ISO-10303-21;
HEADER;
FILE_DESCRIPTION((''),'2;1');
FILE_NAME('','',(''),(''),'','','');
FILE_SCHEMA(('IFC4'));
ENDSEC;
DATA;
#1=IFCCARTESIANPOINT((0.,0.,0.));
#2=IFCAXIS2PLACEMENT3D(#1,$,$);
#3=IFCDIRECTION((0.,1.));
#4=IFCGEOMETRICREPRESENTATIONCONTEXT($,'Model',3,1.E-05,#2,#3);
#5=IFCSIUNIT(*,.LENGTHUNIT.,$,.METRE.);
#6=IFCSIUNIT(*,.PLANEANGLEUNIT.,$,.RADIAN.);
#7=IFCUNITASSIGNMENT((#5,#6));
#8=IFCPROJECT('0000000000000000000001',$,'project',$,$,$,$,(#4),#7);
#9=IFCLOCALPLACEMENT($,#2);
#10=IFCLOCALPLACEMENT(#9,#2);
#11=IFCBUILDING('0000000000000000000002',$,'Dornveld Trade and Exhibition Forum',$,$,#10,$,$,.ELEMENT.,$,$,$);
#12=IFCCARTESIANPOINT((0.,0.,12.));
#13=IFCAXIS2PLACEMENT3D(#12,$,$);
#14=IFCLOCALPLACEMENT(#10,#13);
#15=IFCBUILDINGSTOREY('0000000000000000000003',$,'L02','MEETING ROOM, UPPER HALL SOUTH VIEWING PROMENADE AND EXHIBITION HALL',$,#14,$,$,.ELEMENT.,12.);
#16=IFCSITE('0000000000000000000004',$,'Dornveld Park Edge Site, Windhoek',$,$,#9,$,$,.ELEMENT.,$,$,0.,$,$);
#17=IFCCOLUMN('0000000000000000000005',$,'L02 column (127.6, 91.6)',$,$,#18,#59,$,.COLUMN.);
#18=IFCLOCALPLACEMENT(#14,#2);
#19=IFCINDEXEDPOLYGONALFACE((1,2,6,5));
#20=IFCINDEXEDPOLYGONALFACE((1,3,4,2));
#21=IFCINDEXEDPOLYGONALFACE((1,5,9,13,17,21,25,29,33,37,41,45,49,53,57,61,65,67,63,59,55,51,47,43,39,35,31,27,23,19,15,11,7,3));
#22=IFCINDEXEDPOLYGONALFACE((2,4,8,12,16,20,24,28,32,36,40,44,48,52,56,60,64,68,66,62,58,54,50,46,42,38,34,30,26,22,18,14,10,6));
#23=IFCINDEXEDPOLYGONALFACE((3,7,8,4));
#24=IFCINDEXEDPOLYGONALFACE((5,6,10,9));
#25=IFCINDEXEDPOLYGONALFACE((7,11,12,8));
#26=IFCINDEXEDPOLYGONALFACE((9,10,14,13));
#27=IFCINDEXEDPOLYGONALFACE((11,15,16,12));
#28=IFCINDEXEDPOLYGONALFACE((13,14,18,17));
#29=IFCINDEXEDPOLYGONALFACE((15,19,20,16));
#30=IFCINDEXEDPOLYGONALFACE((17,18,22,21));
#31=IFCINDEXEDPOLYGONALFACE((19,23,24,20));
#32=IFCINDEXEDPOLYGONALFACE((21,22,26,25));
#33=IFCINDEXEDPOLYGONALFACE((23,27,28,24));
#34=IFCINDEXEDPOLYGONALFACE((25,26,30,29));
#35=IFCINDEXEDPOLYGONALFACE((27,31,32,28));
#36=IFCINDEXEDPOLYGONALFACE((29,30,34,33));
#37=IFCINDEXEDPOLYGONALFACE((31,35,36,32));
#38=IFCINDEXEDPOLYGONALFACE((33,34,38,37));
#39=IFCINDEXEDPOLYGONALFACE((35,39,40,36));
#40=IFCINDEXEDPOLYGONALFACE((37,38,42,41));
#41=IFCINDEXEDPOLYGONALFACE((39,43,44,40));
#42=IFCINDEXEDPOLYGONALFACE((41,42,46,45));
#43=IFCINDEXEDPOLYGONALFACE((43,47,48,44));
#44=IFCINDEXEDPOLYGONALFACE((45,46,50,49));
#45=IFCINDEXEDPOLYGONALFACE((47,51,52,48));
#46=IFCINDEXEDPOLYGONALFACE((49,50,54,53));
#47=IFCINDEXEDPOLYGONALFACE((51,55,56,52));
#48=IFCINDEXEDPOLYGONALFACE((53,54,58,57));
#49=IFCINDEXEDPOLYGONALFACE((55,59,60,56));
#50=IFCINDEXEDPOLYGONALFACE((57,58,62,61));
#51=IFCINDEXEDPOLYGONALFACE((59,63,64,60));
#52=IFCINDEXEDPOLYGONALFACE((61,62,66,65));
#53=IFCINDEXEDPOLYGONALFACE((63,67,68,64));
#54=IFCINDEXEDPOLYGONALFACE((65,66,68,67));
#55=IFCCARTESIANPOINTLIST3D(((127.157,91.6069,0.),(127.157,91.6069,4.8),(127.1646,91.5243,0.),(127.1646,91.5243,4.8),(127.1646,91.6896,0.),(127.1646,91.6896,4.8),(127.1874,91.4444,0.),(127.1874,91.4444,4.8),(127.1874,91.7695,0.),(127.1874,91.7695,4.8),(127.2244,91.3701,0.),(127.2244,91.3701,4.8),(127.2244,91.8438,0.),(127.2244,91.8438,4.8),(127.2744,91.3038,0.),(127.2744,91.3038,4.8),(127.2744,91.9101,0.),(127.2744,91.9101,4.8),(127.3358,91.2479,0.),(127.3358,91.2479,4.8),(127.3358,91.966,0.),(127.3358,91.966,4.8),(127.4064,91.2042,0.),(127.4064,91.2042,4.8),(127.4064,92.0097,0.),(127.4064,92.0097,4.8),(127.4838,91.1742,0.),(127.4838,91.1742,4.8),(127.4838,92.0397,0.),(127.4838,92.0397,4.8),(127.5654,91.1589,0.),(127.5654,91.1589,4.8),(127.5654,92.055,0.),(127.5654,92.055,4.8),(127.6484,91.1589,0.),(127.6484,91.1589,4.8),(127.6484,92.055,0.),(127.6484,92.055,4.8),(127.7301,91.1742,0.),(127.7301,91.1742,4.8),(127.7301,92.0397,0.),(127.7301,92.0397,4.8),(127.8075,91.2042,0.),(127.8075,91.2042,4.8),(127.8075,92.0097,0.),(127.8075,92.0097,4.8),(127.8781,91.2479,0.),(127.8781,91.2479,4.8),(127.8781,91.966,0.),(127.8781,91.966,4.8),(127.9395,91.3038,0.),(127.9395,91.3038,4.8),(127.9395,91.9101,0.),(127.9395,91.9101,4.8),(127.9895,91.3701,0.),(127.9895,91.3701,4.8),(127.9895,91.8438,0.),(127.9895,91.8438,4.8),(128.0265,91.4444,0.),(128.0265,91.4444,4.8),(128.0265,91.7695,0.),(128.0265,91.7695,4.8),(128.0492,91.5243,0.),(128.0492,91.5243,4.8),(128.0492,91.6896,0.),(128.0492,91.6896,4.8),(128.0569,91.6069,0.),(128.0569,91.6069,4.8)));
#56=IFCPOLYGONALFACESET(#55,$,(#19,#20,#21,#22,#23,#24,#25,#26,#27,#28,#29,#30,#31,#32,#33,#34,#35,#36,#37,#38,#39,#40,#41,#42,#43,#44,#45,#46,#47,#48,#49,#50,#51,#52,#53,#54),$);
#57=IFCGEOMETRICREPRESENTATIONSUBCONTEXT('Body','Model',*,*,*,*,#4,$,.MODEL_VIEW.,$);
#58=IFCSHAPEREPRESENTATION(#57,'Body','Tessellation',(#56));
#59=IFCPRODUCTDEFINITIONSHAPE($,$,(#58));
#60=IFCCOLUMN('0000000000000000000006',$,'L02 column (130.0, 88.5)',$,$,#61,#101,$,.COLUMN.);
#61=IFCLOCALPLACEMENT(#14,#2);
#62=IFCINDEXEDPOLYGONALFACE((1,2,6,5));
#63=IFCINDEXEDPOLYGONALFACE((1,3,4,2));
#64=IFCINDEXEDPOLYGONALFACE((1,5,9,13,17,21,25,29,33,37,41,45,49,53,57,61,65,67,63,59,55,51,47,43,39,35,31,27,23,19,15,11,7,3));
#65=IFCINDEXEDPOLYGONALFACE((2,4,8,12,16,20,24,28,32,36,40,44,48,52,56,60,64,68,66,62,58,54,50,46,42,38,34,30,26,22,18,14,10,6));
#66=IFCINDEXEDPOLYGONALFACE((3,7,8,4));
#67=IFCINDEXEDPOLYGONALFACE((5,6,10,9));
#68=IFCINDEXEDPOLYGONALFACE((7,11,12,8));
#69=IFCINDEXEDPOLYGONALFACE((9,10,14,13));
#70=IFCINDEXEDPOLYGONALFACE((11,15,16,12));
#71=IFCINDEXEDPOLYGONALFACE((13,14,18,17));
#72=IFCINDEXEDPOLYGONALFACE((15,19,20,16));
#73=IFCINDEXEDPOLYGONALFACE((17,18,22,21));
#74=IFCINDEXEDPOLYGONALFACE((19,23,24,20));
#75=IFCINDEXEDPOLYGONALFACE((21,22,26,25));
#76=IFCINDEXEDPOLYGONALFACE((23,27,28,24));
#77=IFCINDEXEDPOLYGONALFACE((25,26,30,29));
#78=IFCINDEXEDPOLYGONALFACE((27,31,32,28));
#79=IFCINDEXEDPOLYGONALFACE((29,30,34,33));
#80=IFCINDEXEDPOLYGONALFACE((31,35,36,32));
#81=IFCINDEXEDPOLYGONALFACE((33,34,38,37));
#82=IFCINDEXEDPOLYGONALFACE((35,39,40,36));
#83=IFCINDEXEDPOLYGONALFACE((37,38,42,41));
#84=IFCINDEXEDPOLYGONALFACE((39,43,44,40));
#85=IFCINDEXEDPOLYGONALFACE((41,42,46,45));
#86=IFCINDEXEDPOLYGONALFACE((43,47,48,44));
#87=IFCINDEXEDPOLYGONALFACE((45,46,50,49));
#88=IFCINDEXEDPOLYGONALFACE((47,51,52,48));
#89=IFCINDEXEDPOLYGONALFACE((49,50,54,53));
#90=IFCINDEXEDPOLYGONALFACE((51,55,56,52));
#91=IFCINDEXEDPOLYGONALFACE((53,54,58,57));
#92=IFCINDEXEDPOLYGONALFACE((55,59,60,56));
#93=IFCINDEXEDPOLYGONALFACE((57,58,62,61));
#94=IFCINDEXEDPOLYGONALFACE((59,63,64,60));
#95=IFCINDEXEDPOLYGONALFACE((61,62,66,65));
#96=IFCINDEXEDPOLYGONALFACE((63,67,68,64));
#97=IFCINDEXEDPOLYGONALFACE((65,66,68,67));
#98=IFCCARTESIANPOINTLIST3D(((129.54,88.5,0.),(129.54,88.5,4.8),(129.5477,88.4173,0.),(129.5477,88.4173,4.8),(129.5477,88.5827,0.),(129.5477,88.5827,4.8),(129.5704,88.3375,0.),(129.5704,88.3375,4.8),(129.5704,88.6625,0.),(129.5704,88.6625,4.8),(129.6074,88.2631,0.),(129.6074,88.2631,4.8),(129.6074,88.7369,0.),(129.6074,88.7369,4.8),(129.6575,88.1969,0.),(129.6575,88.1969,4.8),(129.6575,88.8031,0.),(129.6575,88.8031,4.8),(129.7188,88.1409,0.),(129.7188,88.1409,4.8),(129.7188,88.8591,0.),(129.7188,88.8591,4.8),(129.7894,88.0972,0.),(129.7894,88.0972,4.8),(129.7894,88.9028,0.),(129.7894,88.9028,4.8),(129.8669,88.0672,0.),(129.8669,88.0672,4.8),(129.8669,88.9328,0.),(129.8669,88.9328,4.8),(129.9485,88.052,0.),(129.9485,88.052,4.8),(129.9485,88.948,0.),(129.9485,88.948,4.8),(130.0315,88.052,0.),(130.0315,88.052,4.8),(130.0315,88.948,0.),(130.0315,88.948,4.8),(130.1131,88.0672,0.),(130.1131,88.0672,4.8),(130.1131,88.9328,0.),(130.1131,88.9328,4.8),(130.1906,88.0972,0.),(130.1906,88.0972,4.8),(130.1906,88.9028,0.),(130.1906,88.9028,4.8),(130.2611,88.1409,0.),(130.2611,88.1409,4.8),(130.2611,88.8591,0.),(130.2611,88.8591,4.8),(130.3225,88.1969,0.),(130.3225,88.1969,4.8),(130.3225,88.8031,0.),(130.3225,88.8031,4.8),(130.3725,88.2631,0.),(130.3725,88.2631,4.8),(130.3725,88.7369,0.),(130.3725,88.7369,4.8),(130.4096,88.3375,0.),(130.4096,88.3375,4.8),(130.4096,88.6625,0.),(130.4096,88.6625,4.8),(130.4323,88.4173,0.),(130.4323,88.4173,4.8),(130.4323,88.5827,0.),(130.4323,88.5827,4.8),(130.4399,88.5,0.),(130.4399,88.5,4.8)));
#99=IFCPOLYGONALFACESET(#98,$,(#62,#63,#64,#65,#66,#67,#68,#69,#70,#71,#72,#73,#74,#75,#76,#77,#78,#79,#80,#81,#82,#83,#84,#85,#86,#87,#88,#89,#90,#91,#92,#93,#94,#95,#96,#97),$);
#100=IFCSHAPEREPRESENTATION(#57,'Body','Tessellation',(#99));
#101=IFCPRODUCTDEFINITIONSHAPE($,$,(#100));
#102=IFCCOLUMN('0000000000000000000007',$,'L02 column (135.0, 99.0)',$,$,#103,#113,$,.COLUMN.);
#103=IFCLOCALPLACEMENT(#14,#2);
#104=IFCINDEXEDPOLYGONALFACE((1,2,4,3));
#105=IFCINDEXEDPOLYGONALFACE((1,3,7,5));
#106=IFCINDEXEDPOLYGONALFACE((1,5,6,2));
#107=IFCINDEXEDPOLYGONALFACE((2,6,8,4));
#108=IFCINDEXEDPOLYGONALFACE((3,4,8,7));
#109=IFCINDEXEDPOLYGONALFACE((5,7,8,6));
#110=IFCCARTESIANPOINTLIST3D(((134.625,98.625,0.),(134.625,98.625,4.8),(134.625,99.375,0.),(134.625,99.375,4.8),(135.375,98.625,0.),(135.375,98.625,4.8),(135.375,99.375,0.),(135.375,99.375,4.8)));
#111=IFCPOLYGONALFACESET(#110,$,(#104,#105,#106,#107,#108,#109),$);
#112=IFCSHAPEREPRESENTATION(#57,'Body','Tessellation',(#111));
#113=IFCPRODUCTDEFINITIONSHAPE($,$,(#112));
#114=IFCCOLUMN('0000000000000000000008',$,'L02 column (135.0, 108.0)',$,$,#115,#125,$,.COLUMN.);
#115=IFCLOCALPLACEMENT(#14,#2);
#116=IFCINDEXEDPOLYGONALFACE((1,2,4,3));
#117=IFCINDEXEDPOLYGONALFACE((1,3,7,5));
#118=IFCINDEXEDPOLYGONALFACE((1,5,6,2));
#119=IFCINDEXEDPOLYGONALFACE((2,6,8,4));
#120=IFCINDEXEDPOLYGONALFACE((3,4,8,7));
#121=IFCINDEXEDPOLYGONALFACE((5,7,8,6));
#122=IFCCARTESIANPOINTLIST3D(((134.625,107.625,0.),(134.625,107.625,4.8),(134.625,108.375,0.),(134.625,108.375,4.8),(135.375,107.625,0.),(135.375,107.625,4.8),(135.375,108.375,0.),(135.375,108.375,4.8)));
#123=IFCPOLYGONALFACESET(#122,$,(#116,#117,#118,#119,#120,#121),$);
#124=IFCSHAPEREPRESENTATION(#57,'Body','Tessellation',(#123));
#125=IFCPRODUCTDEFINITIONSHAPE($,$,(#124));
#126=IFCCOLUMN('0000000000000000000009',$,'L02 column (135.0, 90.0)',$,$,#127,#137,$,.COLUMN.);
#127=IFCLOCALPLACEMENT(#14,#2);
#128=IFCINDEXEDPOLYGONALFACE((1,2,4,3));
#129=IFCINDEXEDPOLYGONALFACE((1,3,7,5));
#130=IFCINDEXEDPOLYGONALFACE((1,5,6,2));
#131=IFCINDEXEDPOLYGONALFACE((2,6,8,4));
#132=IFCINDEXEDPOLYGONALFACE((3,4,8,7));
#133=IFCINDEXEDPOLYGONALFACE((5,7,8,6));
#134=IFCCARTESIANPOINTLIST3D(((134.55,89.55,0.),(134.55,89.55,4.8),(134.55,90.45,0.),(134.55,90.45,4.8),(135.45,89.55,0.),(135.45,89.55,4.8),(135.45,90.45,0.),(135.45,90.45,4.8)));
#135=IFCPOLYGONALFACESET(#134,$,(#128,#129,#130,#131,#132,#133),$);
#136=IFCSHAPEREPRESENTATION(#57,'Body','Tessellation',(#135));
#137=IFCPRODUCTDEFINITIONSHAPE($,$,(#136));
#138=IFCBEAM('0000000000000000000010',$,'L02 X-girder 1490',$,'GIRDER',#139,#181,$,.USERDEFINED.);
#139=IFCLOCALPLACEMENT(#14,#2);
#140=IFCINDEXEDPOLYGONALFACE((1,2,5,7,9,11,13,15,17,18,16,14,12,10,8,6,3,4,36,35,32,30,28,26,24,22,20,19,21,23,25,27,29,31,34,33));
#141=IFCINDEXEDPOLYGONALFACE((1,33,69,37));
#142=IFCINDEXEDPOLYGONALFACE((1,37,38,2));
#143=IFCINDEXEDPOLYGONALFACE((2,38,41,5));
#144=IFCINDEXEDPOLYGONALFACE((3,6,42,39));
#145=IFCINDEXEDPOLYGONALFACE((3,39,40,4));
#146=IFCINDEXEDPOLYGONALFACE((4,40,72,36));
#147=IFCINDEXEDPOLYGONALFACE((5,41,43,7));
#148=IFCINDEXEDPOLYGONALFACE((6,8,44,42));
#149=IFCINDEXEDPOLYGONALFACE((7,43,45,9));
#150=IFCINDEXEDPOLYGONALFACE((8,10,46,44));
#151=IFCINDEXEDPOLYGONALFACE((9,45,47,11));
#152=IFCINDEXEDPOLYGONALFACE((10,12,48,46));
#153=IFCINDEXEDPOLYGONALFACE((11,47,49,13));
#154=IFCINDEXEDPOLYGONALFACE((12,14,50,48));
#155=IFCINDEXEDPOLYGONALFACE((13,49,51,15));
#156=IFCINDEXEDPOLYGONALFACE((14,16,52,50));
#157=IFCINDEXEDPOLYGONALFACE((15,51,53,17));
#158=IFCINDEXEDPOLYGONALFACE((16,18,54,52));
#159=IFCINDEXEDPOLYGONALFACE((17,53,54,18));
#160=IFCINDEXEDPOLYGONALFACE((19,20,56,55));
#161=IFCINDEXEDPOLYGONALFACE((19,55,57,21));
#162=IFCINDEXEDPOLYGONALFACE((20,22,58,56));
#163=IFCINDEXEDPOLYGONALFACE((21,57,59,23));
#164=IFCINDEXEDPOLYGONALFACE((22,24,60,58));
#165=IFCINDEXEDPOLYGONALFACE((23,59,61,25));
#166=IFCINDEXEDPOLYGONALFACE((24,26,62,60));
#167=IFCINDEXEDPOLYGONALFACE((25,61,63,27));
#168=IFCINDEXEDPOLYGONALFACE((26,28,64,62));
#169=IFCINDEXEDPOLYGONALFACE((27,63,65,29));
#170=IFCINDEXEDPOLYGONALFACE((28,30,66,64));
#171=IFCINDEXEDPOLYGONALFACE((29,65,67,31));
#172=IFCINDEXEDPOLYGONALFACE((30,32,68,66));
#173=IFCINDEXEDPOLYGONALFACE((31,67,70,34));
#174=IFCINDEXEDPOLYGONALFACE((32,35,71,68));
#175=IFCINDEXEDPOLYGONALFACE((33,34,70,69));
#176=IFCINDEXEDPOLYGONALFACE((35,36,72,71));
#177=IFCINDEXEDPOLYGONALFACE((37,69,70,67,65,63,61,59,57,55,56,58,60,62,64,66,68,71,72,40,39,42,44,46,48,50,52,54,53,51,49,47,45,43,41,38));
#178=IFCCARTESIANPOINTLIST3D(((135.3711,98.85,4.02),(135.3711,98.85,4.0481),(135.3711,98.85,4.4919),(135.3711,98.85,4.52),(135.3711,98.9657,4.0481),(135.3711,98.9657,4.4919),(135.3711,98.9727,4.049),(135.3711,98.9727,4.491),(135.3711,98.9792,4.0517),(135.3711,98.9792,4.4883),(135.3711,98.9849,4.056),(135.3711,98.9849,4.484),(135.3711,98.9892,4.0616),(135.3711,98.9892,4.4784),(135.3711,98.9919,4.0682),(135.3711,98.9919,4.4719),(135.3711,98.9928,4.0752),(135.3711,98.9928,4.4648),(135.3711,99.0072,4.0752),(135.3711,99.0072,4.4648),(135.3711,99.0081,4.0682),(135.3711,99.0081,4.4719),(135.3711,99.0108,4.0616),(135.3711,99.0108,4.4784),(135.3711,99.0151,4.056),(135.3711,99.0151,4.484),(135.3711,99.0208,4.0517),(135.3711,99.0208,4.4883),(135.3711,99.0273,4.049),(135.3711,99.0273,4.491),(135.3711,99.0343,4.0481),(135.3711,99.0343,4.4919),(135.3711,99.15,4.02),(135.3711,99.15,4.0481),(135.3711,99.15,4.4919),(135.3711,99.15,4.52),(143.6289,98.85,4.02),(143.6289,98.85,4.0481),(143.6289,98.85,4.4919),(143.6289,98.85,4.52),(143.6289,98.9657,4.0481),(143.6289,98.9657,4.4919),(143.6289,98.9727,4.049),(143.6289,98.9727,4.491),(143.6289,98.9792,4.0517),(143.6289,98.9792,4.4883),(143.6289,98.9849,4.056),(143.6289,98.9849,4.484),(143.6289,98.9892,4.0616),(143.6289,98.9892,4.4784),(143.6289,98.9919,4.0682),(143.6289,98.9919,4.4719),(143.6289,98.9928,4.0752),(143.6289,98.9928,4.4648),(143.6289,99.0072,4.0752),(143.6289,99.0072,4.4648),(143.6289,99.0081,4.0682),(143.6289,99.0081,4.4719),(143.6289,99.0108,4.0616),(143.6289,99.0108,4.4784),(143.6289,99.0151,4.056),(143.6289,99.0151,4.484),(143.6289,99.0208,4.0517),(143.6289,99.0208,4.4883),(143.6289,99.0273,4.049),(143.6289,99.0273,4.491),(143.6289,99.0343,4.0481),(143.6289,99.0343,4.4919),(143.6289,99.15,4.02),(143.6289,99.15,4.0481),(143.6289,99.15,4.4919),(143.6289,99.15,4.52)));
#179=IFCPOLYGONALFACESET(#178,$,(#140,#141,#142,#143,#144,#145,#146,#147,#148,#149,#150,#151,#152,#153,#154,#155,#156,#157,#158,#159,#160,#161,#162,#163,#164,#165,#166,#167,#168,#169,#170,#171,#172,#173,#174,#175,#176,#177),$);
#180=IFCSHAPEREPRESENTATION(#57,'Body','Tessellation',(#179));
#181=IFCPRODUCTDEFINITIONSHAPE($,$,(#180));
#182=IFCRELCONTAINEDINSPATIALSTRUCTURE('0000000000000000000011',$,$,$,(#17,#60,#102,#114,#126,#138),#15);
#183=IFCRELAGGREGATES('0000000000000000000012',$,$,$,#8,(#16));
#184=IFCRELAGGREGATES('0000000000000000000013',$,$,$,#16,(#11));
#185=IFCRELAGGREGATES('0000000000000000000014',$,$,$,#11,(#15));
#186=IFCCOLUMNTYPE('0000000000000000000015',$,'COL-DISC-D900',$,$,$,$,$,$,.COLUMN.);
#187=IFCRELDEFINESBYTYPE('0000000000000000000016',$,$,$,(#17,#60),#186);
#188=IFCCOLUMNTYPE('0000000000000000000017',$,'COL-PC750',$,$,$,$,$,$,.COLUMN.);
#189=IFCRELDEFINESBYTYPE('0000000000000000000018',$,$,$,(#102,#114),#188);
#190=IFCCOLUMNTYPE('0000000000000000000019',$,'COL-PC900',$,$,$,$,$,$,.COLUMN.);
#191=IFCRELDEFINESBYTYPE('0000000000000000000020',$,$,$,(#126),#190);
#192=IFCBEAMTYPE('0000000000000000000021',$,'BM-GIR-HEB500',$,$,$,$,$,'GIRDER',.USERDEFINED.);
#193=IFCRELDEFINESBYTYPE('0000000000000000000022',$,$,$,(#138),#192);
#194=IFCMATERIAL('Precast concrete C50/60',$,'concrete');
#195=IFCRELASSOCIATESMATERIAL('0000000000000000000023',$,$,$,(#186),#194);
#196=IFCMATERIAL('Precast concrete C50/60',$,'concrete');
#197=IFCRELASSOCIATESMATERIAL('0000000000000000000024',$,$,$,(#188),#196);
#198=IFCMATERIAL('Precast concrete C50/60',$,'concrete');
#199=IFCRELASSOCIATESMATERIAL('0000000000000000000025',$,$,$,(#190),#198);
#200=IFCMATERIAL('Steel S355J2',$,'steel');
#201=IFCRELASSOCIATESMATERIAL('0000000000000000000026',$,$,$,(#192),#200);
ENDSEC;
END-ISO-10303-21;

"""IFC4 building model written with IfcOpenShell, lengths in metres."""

from ifc_helpers import new_model, si_unit, direction, frame, origin, origin_2d, place, context, subcontext, project, spatial, rectangle, circle, i_section, extrude, material, material_profile, profile_set, type_object, element, save


model = new_model("IFC4")

# Units and contexts
model_context = context("Model", 3, precision=1e-05, world=origin(), true_north=direction((0.0, 1.0)))
body_context = subcontext(model_context, "Body", "Model", "MODEL_VIEW")
ifc_project = project(units=[si_unit("LENGTHUNIT", "METRE"), si_unit("PLANEANGLEUNIT", "RADIAN")], contexts=[model_context])

# Site, building, storey
site_placement = place(None, origin())
site = spatial("IfcSite", under=ifc_project, at=site_placement, Name="Dornveld Park Edge Site, Windhoek", CompositionType="ELEMENT", RefElevation=0.0)
building_placement = place(site_placement, origin())
building = spatial("IfcBuilding", under=site, at=building_placement, Name="Dornveld Trade and Exhibition Forum", CompositionType="ELEMENT")
storey_placement = place(building_placement, frame((0.0, 0.0, 12.0)))
storey = spatial("IfcBuildingStorey", under=building, at=storey_placement, Name="L02", Description="MEETING ROOM, UPPER HALL SOUTH VIEWING PROMENADE AND EXHIBITION HALL", CompositionType="ELEMENT", Elevation=12.0)

# Columns
ifc_material_1 = material(Name="Precast concrete C50/60", Category="concrete")
ifc_material_profile_1 = material_profile(ifc_material_1, circle(Radius=0.45, at=origin_2d()), Name="PC-COL D900")
ifc_profile_set_1 = profile_set([ifc_material_profile_1], Name="Precast concrete C50/60")
column_type_1 = type_object("IfcColumnType", Name="COL-DISC-D900", PredefinedType="COLUMN", material=ifc_profile_set_1)
for number, where, z_axis, x_axis, name in (
    (1, (127.6069, 91.6069, 0.0), (0.0, 0.0, 1.0), (1.0, 0.0, 0.0), "L02 column (127.6, 91.6)"),
    (2, (129.99, 88.5, 0.0), (0.0, 0.0, 1.0), (1.0, 0.0, 0.0), "L02 column (130.0, 88.5)"),
):
    element("IfcColumn", number, at=place(storey_placement, frame(where, z_axis=z_axis, x_axis=x_axis)), inside=storey, type_object=column_type_1, Name=name, PredefinedType="COLUMN", context=body_context, shape_type="SweptSolid", body=[
        extrude(circle(Radius=0.45, at=origin_2d()), origin(), (0.0, 0.0, 1.0), 4.8),
    ])
ifc_material_2 = material(Name="Precast concrete C50/60", Category="concrete")
ifc_material_profile_2 = material_profile(ifc_material_2, rectangle(XDim=0.75, YDim=0.75, at=origin_2d()), Name="PC-COL 750x750")
ifc_profile_set_2 = profile_set([ifc_material_profile_2], Name="Precast concrete C50/60")
column_type_2 = type_object("IfcColumnType", Name="COL-PC750", PredefinedType="COLUMN", material=ifc_profile_set_2)
for number, where, z_axis, x_axis, name in (
    (3, (135.0, 99.0, 0.0), (0.0, 0.0, 1.0), (1.0, 0.0, 0.0), "L02 column (135.0, 99.0)"),
    (4, (135.0, 108.0, 0.0), (0.0, 0.0, 1.0), (1.0, 0.0, 0.0), "L02 column (135.0, 108.0)"),
):
    element("IfcColumn", number, at=place(storey_placement, frame(where, z_axis=z_axis, x_axis=x_axis)), inside=storey, type_object=column_type_2, Name=name, PredefinedType="COLUMN", context=body_context, shape_type="SweptSolid", body=[
        extrude(rectangle(XDim=0.75, YDim=0.75, at=origin_2d()), origin(), (0.0, 0.0, 1.0), 4.8),
    ])
ifc_material_3 = material(Name="Precast concrete C50/60", Category="concrete")
ifc_material_profile_3 = material_profile(ifc_material_3, rectangle(XDim=0.8999, YDim=0.8999, at=origin_2d()), Name="PC-COL 900x900")
ifc_profile_set_3 = profile_set([ifc_material_profile_3], Name="Precast concrete C50/60")
column_type_3 = type_object("IfcColumnType", Name="COL-PC900", PredefinedType="COLUMN", material=ifc_profile_set_3)
column_placement = place(storey_placement, frame((135.0, 90.0, 0.0), z_axis=(0.0, 0.0, 1.0), x_axis=(1.0, 0.0, 0.0)))
element("IfcColumn", 5, at=column_placement, inside=storey, type_object=column_type_3, Name="L02 column (135.0, 90.0)", PredefinedType="COLUMN", context=body_context, shape_type="SweptSolid", body=[
    extrude(rectangle(XDim=0.8999, YDim=0.8999, at=origin_2d()), origin(), (0.0, 0.0, 1.0), 4.8),
])

# Beam
ifc_material_4 = material(Name="Steel S355J2", Category="steel")
ifc_material_profile_4 = material_profile(ifc_material_4, i_section(OverallWidth=0.3, OverallDepth=0.5, WebThickness=0.0144, FlangeThickness=0.0281, FilletRadius=0.0271, at=origin_2d()), Name="HEB 500")
ifc_profile_set_4 = profile_set([ifc_material_profile_4], Name="Steel S355J2")
beam_type_1 = type_object("IfcBeamType", Name="BM-GIR-HEB500", ElementType="GIRDER", PredefinedType="USERDEFINED", material=ifc_profile_set_4)
for number, where, z_axis, x_axis, name in (
    (6, (135.3711, 99.0, 4.27), (1.0, 0.0, 0.0), (0.0, 1.0, 0.0), "L02 X-girder 1490"),
):
    element("IfcBeam", number, at=place(storey_placement, frame(where, z_axis=z_axis, x_axis=x_axis)), inside=storey, type_object=beam_type_1, Name=name, ObjectType="GIRDER", PredefinedType="USERDEFINED", context=body_context, shape_type="SweptSolid", body=[
        extrude(i_section(OverallWidth=0.3, OverallDepth=0.5, WebThickness=0.0144, FlangeThickness=0.0281, FilletRadius=0.0271, at=origin_2d()), origin(), (0.0, 0.0, 1.0), 8.2578),
    ])

save(model, "model.ifc")
